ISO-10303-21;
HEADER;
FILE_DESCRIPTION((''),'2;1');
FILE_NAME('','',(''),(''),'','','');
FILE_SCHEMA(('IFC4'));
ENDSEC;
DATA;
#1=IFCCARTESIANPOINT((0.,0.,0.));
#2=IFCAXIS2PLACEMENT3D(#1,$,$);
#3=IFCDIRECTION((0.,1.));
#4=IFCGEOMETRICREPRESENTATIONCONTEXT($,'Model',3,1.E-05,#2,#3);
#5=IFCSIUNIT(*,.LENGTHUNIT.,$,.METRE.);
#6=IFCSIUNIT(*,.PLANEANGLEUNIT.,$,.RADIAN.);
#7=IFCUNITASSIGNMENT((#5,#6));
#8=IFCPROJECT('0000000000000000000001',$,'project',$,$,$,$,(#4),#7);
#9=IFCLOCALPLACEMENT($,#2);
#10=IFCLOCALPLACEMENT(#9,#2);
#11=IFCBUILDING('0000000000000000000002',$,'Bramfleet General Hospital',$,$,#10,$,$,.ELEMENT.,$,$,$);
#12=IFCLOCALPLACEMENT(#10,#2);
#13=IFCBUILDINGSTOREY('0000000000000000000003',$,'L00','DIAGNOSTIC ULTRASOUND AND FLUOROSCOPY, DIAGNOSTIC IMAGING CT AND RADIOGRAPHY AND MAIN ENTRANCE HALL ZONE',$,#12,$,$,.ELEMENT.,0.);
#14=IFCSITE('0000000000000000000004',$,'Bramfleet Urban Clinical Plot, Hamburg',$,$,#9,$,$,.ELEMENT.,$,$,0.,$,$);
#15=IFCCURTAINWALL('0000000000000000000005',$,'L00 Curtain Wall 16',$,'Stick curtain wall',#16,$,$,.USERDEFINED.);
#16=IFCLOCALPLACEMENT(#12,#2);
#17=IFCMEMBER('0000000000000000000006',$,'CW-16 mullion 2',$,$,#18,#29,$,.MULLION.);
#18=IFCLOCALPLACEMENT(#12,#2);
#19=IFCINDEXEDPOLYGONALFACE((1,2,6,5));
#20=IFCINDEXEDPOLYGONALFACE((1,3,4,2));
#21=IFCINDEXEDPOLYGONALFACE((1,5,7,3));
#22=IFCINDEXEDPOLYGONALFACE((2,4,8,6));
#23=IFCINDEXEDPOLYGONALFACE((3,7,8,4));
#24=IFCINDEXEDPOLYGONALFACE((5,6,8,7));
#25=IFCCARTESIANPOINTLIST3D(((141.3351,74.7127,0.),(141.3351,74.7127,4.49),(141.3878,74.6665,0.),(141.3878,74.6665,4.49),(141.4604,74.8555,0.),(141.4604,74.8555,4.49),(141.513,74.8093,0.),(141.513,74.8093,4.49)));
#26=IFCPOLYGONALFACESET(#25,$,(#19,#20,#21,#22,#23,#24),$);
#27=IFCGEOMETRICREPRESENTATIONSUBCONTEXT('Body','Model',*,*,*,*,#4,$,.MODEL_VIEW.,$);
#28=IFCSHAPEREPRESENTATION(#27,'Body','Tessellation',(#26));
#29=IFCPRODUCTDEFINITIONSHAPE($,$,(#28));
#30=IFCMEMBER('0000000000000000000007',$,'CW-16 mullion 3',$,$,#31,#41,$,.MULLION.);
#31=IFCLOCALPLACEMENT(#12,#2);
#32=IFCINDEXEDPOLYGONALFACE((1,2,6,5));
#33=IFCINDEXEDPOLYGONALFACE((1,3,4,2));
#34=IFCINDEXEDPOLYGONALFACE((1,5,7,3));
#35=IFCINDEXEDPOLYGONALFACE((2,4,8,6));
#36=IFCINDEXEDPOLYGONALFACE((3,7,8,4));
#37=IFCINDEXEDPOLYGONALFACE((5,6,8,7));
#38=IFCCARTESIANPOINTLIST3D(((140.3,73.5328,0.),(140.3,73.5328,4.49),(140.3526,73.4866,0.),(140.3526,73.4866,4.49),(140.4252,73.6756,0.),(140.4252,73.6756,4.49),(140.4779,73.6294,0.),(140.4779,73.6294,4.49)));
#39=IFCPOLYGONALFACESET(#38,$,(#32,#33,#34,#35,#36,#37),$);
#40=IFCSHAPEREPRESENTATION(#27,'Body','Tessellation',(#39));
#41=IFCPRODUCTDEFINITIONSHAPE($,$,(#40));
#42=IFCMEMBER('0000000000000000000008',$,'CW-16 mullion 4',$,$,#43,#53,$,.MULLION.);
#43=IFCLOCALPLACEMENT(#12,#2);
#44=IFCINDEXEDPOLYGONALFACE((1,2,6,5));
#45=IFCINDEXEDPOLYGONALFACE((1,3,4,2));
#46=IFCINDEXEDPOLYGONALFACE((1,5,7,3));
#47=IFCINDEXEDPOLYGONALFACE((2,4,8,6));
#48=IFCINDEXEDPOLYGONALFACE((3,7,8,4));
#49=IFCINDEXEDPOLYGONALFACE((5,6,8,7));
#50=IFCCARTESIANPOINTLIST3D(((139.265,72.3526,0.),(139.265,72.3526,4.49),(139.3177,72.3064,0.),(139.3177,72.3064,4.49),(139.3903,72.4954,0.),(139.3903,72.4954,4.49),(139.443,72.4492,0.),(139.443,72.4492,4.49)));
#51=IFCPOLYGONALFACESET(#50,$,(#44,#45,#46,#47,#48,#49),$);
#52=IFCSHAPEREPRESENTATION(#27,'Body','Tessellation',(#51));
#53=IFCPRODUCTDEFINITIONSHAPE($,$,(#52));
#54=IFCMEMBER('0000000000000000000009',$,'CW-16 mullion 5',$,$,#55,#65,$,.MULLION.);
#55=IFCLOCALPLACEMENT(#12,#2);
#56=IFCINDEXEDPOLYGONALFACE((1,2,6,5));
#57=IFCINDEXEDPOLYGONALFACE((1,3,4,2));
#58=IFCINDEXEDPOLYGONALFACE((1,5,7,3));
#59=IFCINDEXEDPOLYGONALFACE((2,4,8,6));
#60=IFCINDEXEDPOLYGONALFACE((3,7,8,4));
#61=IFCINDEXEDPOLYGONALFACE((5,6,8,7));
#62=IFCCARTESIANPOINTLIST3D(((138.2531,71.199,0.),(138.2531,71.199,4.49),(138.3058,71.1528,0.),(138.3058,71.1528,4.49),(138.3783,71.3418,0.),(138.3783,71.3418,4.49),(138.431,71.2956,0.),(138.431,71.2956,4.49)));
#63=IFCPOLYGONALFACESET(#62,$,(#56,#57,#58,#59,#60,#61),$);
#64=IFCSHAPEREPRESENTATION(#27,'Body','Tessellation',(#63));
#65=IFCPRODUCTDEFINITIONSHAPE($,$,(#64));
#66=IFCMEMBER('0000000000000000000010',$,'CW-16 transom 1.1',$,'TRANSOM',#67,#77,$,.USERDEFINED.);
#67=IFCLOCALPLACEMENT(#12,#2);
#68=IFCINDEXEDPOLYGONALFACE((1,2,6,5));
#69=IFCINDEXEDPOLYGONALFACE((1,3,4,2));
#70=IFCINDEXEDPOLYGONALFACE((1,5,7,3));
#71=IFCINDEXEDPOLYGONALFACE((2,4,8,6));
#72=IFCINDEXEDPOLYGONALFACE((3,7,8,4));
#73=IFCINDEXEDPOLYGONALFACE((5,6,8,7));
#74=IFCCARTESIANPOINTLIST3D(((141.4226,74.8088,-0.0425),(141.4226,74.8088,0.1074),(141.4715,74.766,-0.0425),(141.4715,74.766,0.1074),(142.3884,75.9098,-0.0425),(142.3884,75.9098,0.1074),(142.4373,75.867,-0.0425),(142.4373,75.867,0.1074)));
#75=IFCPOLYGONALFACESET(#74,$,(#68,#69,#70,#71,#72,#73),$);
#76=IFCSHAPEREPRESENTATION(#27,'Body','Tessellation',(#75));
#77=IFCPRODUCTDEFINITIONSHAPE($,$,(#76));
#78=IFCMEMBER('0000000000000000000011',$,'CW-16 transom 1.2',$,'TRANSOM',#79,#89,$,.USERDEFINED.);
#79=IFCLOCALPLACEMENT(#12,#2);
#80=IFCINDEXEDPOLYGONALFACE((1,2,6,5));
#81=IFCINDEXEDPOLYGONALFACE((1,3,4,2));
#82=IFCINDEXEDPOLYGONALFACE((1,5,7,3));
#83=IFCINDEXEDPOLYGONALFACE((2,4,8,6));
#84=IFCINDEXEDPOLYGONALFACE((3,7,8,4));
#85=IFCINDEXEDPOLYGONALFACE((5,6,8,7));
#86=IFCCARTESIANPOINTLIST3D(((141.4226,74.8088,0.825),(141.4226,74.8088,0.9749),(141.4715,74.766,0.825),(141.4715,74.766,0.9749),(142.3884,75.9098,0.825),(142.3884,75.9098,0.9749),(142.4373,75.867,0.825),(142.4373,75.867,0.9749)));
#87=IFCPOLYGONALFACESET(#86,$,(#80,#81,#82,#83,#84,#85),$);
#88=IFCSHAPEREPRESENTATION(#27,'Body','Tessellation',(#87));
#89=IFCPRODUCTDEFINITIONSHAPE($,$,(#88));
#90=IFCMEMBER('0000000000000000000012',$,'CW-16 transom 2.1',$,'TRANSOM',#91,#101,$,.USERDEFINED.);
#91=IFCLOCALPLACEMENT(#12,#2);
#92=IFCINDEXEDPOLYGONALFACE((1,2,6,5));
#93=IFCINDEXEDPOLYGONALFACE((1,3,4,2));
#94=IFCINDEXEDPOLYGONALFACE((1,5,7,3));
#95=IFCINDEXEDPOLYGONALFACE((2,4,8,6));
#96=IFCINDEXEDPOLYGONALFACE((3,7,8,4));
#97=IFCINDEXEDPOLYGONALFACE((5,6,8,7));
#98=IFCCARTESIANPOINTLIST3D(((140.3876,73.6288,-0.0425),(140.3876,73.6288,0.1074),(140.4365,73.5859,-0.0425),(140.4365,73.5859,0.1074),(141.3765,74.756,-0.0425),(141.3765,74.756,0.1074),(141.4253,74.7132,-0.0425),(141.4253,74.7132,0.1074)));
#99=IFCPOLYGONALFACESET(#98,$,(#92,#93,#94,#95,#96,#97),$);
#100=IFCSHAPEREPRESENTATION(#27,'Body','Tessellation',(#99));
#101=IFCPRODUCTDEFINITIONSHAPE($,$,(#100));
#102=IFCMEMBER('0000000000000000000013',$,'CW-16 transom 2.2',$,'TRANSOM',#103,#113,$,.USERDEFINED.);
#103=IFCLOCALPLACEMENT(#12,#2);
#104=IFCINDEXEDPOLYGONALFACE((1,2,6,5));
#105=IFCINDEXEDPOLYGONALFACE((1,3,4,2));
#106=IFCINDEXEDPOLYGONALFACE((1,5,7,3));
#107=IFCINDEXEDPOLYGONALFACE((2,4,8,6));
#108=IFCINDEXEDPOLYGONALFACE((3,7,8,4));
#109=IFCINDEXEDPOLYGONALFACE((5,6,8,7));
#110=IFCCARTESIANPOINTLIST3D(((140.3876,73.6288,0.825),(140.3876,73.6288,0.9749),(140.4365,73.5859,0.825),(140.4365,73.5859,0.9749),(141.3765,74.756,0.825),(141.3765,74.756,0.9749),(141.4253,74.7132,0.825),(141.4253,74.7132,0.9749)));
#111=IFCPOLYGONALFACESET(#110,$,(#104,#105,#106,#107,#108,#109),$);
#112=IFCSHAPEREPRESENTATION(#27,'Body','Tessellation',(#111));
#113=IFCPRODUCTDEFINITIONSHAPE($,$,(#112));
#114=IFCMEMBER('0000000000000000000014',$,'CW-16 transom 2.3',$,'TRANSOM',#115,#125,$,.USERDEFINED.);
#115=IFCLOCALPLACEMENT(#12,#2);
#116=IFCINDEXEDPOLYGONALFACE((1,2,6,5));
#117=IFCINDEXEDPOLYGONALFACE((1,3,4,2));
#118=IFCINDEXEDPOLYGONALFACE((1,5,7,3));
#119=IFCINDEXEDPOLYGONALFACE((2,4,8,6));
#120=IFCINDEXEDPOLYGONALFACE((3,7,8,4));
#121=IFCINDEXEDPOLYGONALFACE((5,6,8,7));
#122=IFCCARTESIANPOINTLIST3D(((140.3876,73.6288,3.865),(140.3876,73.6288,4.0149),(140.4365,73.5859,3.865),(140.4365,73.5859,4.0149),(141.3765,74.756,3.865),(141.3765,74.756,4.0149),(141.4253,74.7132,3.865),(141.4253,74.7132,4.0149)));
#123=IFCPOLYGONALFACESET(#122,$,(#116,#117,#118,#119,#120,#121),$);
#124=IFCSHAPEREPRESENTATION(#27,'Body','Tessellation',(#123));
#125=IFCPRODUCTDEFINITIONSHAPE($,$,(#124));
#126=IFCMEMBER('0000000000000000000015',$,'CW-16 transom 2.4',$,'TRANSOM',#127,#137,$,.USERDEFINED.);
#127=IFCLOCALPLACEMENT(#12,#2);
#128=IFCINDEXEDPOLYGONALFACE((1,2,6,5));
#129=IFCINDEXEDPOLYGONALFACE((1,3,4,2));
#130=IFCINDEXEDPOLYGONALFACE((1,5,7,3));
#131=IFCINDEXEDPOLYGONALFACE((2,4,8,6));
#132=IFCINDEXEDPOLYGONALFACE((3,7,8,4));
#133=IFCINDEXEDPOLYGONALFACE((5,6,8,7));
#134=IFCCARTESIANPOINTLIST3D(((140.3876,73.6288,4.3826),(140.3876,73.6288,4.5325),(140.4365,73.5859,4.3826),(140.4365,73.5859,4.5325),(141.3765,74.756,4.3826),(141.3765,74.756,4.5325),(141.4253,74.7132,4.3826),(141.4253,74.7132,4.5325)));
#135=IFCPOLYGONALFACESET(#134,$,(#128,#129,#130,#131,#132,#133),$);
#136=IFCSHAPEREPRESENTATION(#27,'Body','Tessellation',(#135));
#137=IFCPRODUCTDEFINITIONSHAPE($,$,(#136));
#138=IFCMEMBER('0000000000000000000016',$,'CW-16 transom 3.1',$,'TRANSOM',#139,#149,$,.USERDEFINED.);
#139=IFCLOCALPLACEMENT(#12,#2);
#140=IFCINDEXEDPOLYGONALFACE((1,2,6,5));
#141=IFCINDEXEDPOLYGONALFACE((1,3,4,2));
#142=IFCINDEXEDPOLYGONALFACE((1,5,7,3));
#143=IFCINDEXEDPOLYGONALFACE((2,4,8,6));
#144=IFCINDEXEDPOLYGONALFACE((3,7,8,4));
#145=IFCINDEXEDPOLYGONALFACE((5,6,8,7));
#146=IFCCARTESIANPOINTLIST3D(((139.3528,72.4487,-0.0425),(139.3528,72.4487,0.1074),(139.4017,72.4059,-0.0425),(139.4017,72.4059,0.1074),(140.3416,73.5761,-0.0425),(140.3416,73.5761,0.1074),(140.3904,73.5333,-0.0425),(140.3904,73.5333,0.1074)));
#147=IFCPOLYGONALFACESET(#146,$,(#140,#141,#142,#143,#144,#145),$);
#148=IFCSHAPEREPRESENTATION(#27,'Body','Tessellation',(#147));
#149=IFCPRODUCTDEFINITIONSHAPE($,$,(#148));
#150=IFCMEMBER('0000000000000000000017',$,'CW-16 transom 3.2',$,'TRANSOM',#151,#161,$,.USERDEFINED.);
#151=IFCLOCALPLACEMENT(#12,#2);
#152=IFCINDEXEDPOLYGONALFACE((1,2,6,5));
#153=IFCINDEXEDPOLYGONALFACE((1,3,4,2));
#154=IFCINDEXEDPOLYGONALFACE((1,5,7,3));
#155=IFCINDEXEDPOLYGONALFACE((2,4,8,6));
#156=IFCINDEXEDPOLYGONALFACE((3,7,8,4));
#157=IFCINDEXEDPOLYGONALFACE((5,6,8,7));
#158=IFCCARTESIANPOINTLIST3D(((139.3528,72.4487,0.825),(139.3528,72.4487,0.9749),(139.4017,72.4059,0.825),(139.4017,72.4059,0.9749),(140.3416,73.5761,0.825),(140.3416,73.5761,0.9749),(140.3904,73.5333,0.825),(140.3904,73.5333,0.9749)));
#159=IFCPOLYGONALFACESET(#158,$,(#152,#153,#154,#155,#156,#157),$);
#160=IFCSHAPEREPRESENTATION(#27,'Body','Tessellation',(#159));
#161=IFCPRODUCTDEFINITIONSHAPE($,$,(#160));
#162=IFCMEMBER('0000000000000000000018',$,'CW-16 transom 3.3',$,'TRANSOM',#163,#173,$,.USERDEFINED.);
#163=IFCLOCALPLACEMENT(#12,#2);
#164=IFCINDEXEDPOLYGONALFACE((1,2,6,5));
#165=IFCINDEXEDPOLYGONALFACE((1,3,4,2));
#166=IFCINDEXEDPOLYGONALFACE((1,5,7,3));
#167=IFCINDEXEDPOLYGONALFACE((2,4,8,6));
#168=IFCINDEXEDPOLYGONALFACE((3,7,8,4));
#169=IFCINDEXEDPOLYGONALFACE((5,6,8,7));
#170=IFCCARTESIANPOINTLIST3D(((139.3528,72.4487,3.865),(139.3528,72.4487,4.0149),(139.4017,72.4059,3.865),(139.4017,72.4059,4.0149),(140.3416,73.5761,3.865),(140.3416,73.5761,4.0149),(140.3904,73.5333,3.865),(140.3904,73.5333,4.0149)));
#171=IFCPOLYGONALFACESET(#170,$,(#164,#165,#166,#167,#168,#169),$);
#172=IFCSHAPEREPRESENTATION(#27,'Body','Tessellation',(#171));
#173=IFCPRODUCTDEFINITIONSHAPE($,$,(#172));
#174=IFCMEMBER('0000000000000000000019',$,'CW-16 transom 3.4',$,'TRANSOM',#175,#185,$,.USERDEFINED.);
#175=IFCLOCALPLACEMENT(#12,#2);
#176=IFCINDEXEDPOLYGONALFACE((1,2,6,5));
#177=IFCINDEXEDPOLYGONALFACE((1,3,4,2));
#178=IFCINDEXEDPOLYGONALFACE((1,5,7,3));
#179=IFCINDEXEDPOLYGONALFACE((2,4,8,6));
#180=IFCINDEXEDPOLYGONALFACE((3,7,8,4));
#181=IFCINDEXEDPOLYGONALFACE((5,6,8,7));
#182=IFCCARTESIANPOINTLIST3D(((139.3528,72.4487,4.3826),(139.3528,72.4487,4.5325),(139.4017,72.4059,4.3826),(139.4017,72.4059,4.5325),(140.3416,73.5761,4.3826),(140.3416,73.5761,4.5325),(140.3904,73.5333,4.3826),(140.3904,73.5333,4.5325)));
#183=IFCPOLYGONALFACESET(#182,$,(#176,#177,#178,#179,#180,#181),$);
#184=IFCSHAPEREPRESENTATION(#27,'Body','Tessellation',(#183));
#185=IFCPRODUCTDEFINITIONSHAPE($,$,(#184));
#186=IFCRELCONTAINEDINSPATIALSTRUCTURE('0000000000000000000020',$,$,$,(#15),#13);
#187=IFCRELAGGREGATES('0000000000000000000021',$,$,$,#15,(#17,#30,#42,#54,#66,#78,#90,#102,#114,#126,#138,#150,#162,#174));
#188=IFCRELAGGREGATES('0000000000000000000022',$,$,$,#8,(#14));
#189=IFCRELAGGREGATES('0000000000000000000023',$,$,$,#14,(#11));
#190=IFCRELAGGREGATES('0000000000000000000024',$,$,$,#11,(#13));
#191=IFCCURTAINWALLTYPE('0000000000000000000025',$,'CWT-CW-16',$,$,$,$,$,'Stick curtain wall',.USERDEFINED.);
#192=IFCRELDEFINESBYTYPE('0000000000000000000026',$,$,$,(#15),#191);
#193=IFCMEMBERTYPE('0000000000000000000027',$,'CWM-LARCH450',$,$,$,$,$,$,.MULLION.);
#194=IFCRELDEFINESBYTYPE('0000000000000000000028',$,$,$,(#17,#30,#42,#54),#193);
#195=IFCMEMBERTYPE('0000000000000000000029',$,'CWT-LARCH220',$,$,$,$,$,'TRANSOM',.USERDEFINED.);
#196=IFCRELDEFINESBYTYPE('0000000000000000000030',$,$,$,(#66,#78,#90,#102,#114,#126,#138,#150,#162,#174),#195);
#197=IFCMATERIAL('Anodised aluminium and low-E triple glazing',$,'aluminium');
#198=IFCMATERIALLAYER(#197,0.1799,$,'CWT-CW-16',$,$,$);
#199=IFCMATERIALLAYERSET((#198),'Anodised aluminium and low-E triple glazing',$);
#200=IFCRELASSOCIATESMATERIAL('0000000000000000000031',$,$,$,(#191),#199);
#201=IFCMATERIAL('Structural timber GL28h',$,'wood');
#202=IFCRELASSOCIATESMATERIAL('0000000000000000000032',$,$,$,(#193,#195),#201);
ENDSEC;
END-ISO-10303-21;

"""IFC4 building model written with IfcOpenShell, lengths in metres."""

from ifc_helpers import new_model, si_unit, direction, frame, origin, origin_2d, place, context, subcontext, project, spatial, rectangle, extrude, material, layer, layer_set, material_profile, profile_set, type_object, element, aggregate, save


model = new_model("IFC4")

# Units and contexts
model_context = context("Model", 3, precision=1e-05, world=origin(), true_north=direction((0.0, 1.0)))
body_context = subcontext(model_context, "Body", "Model", "MODEL_VIEW")
ifc_project = project(units=[si_unit("LENGTHUNIT", "METRE"), si_unit("PLANEANGLEUNIT", "RADIAN")], contexts=[model_context])

# Site, building, storey
site_placement = place(None, origin())
site = spatial("IfcSite", under=ifc_project, at=site_placement, Name="Bramfleet Urban Clinical Plot, Hamburg", CompositionType="ELEMENT", RefElevation=0.0)
building_placement = place(site_placement, origin())
building = spatial("IfcBuilding", under=site, at=building_placement, Name="Bramfleet General Hospital", CompositionType="ELEMENT")
storey_placement = place(building_placement, origin())
storey = spatial("IfcBuildingStorey", under=building, at=storey_placement, Name="L00", Description="DIAGNOSTIC ULTRASOUND AND FLUOROSCOPY, DIAGNOSTIC IMAGING CT AND RADIOGRAPHY AND MAIN ENTRANCE HALL ZONE", CompositionType="ELEMENT", Elevation=0.0)

# Curtain wall, members
ifc_material_1 = material(Name="Anodised aluminium and low-E triple glazing", Category="aluminium")
ifc_layer_1 = layer(ifc_material_1, 0.1799, Name="CWT-CW-16")
ifc_layer_set_1 = layer_set([ifc_layer_1], Name="Anodised aluminium and low-E triple glazing")
curtain_wall_type = type_object("IfcCurtainWallType", Name="CWT-CW-16", ElementType="Stick curtain wall", PredefinedType="USERDEFINED", material=ifc_layer_set_1)
curtain_wall_placement = place(storey_placement, origin())
curtain_wall = element("IfcCurtainWall", 1, at=curtain_wall_placement, inside=storey, type_object=curtain_wall_type, Name="L00 Curtain Wall 16", ObjectType="Stick curtain wall", PredefinedType="USERDEFINED")
ifc_material_2 = material(Name="Structural timber GL28h", Category="wood")
ifc_material_profile_1 = material_profile(ifc_material_2, rectangle(XDim=0.0701, YDim=0.1899, at=origin_2d()), Name="LARCH 190x70")
ifc_profile_set_1 = profile_set([ifc_material_profile_1], Name="Structural timber GL28h")
member_type_1 = type_object("IfcMemberType", Name="CWM-LARCH450", PredefinedType="MULLION", material=ifc_profile_set_1)
member_1_placement = place(storey_placement, frame((141.4241, 74.761, 0.0), z_axis=(0.0, 0.0, 1.0), x_axis=(0.751787, -0.659406, 0.0)))
member_1 = element("IfcMember", 2, at=member_1_placement, type_object=member_type_1, Name="CW-16 mullion 2", PredefinedType="MULLION", context=body_context, shape_type="SweptSolid", body=[
    extrude(rectangle(XDim=0.0701, YDim=0.1899, at=origin_2d()), origin(), (0.0, 0.0, 1.0), 4.49),
])
member_2_placement = place(storey_placement, frame((140.3889, 73.5811, 0.0), z_axis=(0.0, 0.0, 1.0), x_axis=(0.751787, -0.659406, 0.0)))
member_2 = element("IfcMember", 3, at=member_2_placement, type_object=member_type_1, Name="CW-16 mullion 3", PredefinedType="MULLION", context=body_context, shape_type="SweptSolid", body=[
    extrude(rectangle(XDim=0.0701, YDim=0.1899, at=origin_2d()), origin(), (0.0, 0.0, 1.0), 4.49),
])
member_3_placement = place(storey_placement, frame((139.354, 72.4009, 0.0), z_axis=(0.0, 0.0, 1.0), x_axis=(0.751787, -0.659406, 0.0)))
member_3 = element("IfcMember", 4, at=member_3_placement, type_object=member_type_1, Name="CW-16 mullion 4", PredefinedType="MULLION", context=body_context, shape_type="SweptSolid", body=[
    extrude(rectangle(XDim=0.0701, YDim=0.1899, at=origin_2d()), origin(), (0.0, 0.0, 1.0), 4.49),
])
member_4_placement = place(storey_placement, frame((138.342, 71.2473, 0.0), z_axis=(0.0, 0.0, 1.0), x_axis=(0.751787, -0.659406, 0.0)))
member_4 = element("IfcMember", 5, at=member_4_placement, type_object=member_type_1, Name="CW-16 mullion 5", PredefinedType="MULLION", context=body_context, shape_type="SweptSolid", body=[
    extrude(rectangle(XDim=0.0701, YDim=0.1899, at=origin_2d()), origin(), (0.0, 0.0, 1.0), 4.49),
])
ifc_material_profile_2 = material_profile(ifc_material_2, rectangle(XDim=0.0649, YDim=0.1499, at=origin_2d()), Name="LARCH 150x65")
ifc_profile_set_2 = profile_set([ifc_material_profile_2], Name="Structural timber GL28h")
member_type_2 = type_object("IfcMemberType", Name="CWT-LARCH220", ElementType="TRANSOM", PredefinedType="USERDEFINED", material=ifc_profile_set_2)
member_5_placement = place(storey_placement, frame((142.4128, 75.8884, 0.0325), z_axis=(-0.659425, -0.751771, 0.0), x_axis=(0.751771, -0.659425, 0.0)))
member_5 = element("IfcMember", 6, at=member_5_placement, type_object=member_type_2, Name="CW-16 transom 1.1", ObjectType="TRANSOM", PredefinedType="USERDEFINED", context=body_context, shape_type="SweptSolid", body=[
    extrude(rectangle(XDim=0.0649, YDim=0.1499, at=origin_2d()), origin(), (0.0, 0.0, 1.0), 1.4646),
])
member_6_placement = place(storey_placement, frame((142.4128, 75.8884, 0.8999), z_axis=(-0.659425, -0.751771, 0.0), x_axis=(0.751771, -0.659425, 0.0)))
member_6 = element("IfcMember", 7, at=member_6_placement, type_object=member_type_2, Name="CW-16 transom 1.2", ObjectType="TRANSOM", PredefinedType="USERDEFINED", context=body_context, shape_type="SweptSolid", body=[
    extrude(rectangle(XDim=0.0649, YDim=0.1499, at=origin_2d()), origin(), (0.0, 0.0, 1.0), 1.4646),
])
member_7_placement = place(storey_placement, frame((141.4009, 74.7346, 0.0325), z_axis=(-0.659438, -0.751759, 0.0), x_axis=(0.751759, -0.659438, 0.0)))
member_7 = element("IfcMember", 8, at=member_7_placement, type_object=member_type_2, Name="CW-16 transom 2.1", ObjectType="TRANSOM", PredefinedType="USERDEFINED", context=body_context, shape_type="SweptSolid", body=[
    extrude(rectangle(XDim=0.0649, YDim=0.1499, at=origin_2d()), origin(), (0.0, 0.0, 1.0), 1.4995),
])
member_8_placement = place(storey_placement, frame((141.4009, 74.7346, 0.8999), z_axis=(-0.659438, -0.751759, 0.0), x_axis=(0.751759, -0.659438, 0.0)))
member_8 = element("IfcMember", 9, at=member_8_placement, type_object=member_type_2, Name="CW-16 transom 2.2", ObjectType="TRANSOM", PredefinedType="USERDEFINED", context=body_context, shape_type="SweptSolid", body=[
    extrude(rectangle(XDim=0.0649, YDim=0.1499, at=origin_2d()), origin(), (0.0, 0.0, 1.0), 1.4995),
])
member_9_placement = place(storey_placement, frame((141.4009, 74.7346, 3.9399), z_axis=(-0.659438, -0.751759, 0.0), x_axis=(0.751759, -0.659438, 0.0)))
member_9 = element("IfcMember", 10, at=member_9_placement, type_object=member_type_2, Name="CW-16 transom 2.3", ObjectType="TRANSOM", PredefinedType="USERDEFINED", context=body_context, shape_type="SweptSolid", body=[
    extrude(rectangle(XDim=0.0649, YDim=0.1499, at=origin_2d()), origin(), (0.0, 0.0, 1.0), 1.4995),
])
member_10_placement = place(storey_placement, frame((141.4009, 74.7346, 4.4575), z_axis=(-0.659438, -0.751759, 0.0), x_axis=(0.751759, -0.659438, 0.0)))
member_10 = element("IfcMember", 11, at=member_10_placement, type_object=member_type_2, Name="CW-16 transom 2.4", ObjectType="TRANSOM", PredefinedType="USERDEFINED", context=body_context, shape_type="SweptSolid", body=[
    extrude(rectangle(XDim=0.0649, YDim=0.1499, at=origin_2d()), origin(), (0.0, 0.0, 1.0), 1.4995),
])
member_11_placement = place(storey_placement, frame((140.366, 73.5547, 0.0325), z_axis=(-0.659357, -0.75183, 0.0), x_axis=(0.75183, -0.659357, 0.0)))
member_11 = element("IfcMember", 12, at=member_11_placement, type_object=member_type_2, Name="CW-16 transom 3.1", ObjectType="TRANSOM", PredefinedType="USERDEFINED", context=body_context, shape_type="SweptSolid", body=[
    extrude(rectangle(XDim=0.0649, YDim=0.1499, at=origin_2d()), origin(), (0.0, 0.0, 1.0), 1.4995),
])
member_12_placement = place(storey_placement, frame((140.366, 73.5547, 0.8999), z_axis=(-0.659357, -0.75183, 0.0), x_axis=(0.75183, -0.659357, 0.0)))
member_12 = element("IfcMember", 13, at=member_12_placement, type_object=member_type_2, Name="CW-16 transom 3.2", ObjectType="TRANSOM", PredefinedType="USERDEFINED", context=body_context, shape_type="SweptSolid", body=[
    extrude(rectangle(XDim=0.0649, YDim=0.1499, at=origin_2d()), origin(), (0.0, 0.0, 1.0), 1.4995),
])
member_13_placement = place(storey_placement, frame((140.366, 73.5547, 3.9399), z_axis=(-0.659357, -0.75183, 0.0), x_axis=(0.75183, -0.659357, 0.0)))
member_13 = element("IfcMember", 14, at=member_13_placement, type_object=member_type_2, Name="CW-16 transom 3.3", ObjectType="TRANSOM", PredefinedType="USERDEFINED", context=body_context, shape_type="SweptSolid", body=[
    extrude(rectangle(XDim=0.0649, YDim=0.1499, at=origin_2d()), origin(), (0.0, 0.0, 1.0), 1.4995),
])
member_14_placement = place(storey_placement, frame((140.366, 73.5547, 4.4575), z_axis=(-0.659357, -0.75183, 0.0), x_axis=(0.75183, -0.659357, 0.0)))
member_14 = element("IfcMember", 15, at=member_14_placement, type_object=member_type_2, Name="CW-16 transom 3.4", ObjectType="TRANSOM", PredefinedType="USERDEFINED", context=body_context, shape_type="SweptSolid", body=[
    extrude(rectangle(XDim=0.0649, YDim=0.1499, at=origin_2d()), origin(), (0.0, 0.0, 1.0), 1.4995),
])
aggregate(curtain_wall, [member_1, member_2, member_3, member_4, member_5, member_6, member_7, member_8, member_9, member_10, member_11, member_12, member_13, member_14])

save(model, "model.ifc")
